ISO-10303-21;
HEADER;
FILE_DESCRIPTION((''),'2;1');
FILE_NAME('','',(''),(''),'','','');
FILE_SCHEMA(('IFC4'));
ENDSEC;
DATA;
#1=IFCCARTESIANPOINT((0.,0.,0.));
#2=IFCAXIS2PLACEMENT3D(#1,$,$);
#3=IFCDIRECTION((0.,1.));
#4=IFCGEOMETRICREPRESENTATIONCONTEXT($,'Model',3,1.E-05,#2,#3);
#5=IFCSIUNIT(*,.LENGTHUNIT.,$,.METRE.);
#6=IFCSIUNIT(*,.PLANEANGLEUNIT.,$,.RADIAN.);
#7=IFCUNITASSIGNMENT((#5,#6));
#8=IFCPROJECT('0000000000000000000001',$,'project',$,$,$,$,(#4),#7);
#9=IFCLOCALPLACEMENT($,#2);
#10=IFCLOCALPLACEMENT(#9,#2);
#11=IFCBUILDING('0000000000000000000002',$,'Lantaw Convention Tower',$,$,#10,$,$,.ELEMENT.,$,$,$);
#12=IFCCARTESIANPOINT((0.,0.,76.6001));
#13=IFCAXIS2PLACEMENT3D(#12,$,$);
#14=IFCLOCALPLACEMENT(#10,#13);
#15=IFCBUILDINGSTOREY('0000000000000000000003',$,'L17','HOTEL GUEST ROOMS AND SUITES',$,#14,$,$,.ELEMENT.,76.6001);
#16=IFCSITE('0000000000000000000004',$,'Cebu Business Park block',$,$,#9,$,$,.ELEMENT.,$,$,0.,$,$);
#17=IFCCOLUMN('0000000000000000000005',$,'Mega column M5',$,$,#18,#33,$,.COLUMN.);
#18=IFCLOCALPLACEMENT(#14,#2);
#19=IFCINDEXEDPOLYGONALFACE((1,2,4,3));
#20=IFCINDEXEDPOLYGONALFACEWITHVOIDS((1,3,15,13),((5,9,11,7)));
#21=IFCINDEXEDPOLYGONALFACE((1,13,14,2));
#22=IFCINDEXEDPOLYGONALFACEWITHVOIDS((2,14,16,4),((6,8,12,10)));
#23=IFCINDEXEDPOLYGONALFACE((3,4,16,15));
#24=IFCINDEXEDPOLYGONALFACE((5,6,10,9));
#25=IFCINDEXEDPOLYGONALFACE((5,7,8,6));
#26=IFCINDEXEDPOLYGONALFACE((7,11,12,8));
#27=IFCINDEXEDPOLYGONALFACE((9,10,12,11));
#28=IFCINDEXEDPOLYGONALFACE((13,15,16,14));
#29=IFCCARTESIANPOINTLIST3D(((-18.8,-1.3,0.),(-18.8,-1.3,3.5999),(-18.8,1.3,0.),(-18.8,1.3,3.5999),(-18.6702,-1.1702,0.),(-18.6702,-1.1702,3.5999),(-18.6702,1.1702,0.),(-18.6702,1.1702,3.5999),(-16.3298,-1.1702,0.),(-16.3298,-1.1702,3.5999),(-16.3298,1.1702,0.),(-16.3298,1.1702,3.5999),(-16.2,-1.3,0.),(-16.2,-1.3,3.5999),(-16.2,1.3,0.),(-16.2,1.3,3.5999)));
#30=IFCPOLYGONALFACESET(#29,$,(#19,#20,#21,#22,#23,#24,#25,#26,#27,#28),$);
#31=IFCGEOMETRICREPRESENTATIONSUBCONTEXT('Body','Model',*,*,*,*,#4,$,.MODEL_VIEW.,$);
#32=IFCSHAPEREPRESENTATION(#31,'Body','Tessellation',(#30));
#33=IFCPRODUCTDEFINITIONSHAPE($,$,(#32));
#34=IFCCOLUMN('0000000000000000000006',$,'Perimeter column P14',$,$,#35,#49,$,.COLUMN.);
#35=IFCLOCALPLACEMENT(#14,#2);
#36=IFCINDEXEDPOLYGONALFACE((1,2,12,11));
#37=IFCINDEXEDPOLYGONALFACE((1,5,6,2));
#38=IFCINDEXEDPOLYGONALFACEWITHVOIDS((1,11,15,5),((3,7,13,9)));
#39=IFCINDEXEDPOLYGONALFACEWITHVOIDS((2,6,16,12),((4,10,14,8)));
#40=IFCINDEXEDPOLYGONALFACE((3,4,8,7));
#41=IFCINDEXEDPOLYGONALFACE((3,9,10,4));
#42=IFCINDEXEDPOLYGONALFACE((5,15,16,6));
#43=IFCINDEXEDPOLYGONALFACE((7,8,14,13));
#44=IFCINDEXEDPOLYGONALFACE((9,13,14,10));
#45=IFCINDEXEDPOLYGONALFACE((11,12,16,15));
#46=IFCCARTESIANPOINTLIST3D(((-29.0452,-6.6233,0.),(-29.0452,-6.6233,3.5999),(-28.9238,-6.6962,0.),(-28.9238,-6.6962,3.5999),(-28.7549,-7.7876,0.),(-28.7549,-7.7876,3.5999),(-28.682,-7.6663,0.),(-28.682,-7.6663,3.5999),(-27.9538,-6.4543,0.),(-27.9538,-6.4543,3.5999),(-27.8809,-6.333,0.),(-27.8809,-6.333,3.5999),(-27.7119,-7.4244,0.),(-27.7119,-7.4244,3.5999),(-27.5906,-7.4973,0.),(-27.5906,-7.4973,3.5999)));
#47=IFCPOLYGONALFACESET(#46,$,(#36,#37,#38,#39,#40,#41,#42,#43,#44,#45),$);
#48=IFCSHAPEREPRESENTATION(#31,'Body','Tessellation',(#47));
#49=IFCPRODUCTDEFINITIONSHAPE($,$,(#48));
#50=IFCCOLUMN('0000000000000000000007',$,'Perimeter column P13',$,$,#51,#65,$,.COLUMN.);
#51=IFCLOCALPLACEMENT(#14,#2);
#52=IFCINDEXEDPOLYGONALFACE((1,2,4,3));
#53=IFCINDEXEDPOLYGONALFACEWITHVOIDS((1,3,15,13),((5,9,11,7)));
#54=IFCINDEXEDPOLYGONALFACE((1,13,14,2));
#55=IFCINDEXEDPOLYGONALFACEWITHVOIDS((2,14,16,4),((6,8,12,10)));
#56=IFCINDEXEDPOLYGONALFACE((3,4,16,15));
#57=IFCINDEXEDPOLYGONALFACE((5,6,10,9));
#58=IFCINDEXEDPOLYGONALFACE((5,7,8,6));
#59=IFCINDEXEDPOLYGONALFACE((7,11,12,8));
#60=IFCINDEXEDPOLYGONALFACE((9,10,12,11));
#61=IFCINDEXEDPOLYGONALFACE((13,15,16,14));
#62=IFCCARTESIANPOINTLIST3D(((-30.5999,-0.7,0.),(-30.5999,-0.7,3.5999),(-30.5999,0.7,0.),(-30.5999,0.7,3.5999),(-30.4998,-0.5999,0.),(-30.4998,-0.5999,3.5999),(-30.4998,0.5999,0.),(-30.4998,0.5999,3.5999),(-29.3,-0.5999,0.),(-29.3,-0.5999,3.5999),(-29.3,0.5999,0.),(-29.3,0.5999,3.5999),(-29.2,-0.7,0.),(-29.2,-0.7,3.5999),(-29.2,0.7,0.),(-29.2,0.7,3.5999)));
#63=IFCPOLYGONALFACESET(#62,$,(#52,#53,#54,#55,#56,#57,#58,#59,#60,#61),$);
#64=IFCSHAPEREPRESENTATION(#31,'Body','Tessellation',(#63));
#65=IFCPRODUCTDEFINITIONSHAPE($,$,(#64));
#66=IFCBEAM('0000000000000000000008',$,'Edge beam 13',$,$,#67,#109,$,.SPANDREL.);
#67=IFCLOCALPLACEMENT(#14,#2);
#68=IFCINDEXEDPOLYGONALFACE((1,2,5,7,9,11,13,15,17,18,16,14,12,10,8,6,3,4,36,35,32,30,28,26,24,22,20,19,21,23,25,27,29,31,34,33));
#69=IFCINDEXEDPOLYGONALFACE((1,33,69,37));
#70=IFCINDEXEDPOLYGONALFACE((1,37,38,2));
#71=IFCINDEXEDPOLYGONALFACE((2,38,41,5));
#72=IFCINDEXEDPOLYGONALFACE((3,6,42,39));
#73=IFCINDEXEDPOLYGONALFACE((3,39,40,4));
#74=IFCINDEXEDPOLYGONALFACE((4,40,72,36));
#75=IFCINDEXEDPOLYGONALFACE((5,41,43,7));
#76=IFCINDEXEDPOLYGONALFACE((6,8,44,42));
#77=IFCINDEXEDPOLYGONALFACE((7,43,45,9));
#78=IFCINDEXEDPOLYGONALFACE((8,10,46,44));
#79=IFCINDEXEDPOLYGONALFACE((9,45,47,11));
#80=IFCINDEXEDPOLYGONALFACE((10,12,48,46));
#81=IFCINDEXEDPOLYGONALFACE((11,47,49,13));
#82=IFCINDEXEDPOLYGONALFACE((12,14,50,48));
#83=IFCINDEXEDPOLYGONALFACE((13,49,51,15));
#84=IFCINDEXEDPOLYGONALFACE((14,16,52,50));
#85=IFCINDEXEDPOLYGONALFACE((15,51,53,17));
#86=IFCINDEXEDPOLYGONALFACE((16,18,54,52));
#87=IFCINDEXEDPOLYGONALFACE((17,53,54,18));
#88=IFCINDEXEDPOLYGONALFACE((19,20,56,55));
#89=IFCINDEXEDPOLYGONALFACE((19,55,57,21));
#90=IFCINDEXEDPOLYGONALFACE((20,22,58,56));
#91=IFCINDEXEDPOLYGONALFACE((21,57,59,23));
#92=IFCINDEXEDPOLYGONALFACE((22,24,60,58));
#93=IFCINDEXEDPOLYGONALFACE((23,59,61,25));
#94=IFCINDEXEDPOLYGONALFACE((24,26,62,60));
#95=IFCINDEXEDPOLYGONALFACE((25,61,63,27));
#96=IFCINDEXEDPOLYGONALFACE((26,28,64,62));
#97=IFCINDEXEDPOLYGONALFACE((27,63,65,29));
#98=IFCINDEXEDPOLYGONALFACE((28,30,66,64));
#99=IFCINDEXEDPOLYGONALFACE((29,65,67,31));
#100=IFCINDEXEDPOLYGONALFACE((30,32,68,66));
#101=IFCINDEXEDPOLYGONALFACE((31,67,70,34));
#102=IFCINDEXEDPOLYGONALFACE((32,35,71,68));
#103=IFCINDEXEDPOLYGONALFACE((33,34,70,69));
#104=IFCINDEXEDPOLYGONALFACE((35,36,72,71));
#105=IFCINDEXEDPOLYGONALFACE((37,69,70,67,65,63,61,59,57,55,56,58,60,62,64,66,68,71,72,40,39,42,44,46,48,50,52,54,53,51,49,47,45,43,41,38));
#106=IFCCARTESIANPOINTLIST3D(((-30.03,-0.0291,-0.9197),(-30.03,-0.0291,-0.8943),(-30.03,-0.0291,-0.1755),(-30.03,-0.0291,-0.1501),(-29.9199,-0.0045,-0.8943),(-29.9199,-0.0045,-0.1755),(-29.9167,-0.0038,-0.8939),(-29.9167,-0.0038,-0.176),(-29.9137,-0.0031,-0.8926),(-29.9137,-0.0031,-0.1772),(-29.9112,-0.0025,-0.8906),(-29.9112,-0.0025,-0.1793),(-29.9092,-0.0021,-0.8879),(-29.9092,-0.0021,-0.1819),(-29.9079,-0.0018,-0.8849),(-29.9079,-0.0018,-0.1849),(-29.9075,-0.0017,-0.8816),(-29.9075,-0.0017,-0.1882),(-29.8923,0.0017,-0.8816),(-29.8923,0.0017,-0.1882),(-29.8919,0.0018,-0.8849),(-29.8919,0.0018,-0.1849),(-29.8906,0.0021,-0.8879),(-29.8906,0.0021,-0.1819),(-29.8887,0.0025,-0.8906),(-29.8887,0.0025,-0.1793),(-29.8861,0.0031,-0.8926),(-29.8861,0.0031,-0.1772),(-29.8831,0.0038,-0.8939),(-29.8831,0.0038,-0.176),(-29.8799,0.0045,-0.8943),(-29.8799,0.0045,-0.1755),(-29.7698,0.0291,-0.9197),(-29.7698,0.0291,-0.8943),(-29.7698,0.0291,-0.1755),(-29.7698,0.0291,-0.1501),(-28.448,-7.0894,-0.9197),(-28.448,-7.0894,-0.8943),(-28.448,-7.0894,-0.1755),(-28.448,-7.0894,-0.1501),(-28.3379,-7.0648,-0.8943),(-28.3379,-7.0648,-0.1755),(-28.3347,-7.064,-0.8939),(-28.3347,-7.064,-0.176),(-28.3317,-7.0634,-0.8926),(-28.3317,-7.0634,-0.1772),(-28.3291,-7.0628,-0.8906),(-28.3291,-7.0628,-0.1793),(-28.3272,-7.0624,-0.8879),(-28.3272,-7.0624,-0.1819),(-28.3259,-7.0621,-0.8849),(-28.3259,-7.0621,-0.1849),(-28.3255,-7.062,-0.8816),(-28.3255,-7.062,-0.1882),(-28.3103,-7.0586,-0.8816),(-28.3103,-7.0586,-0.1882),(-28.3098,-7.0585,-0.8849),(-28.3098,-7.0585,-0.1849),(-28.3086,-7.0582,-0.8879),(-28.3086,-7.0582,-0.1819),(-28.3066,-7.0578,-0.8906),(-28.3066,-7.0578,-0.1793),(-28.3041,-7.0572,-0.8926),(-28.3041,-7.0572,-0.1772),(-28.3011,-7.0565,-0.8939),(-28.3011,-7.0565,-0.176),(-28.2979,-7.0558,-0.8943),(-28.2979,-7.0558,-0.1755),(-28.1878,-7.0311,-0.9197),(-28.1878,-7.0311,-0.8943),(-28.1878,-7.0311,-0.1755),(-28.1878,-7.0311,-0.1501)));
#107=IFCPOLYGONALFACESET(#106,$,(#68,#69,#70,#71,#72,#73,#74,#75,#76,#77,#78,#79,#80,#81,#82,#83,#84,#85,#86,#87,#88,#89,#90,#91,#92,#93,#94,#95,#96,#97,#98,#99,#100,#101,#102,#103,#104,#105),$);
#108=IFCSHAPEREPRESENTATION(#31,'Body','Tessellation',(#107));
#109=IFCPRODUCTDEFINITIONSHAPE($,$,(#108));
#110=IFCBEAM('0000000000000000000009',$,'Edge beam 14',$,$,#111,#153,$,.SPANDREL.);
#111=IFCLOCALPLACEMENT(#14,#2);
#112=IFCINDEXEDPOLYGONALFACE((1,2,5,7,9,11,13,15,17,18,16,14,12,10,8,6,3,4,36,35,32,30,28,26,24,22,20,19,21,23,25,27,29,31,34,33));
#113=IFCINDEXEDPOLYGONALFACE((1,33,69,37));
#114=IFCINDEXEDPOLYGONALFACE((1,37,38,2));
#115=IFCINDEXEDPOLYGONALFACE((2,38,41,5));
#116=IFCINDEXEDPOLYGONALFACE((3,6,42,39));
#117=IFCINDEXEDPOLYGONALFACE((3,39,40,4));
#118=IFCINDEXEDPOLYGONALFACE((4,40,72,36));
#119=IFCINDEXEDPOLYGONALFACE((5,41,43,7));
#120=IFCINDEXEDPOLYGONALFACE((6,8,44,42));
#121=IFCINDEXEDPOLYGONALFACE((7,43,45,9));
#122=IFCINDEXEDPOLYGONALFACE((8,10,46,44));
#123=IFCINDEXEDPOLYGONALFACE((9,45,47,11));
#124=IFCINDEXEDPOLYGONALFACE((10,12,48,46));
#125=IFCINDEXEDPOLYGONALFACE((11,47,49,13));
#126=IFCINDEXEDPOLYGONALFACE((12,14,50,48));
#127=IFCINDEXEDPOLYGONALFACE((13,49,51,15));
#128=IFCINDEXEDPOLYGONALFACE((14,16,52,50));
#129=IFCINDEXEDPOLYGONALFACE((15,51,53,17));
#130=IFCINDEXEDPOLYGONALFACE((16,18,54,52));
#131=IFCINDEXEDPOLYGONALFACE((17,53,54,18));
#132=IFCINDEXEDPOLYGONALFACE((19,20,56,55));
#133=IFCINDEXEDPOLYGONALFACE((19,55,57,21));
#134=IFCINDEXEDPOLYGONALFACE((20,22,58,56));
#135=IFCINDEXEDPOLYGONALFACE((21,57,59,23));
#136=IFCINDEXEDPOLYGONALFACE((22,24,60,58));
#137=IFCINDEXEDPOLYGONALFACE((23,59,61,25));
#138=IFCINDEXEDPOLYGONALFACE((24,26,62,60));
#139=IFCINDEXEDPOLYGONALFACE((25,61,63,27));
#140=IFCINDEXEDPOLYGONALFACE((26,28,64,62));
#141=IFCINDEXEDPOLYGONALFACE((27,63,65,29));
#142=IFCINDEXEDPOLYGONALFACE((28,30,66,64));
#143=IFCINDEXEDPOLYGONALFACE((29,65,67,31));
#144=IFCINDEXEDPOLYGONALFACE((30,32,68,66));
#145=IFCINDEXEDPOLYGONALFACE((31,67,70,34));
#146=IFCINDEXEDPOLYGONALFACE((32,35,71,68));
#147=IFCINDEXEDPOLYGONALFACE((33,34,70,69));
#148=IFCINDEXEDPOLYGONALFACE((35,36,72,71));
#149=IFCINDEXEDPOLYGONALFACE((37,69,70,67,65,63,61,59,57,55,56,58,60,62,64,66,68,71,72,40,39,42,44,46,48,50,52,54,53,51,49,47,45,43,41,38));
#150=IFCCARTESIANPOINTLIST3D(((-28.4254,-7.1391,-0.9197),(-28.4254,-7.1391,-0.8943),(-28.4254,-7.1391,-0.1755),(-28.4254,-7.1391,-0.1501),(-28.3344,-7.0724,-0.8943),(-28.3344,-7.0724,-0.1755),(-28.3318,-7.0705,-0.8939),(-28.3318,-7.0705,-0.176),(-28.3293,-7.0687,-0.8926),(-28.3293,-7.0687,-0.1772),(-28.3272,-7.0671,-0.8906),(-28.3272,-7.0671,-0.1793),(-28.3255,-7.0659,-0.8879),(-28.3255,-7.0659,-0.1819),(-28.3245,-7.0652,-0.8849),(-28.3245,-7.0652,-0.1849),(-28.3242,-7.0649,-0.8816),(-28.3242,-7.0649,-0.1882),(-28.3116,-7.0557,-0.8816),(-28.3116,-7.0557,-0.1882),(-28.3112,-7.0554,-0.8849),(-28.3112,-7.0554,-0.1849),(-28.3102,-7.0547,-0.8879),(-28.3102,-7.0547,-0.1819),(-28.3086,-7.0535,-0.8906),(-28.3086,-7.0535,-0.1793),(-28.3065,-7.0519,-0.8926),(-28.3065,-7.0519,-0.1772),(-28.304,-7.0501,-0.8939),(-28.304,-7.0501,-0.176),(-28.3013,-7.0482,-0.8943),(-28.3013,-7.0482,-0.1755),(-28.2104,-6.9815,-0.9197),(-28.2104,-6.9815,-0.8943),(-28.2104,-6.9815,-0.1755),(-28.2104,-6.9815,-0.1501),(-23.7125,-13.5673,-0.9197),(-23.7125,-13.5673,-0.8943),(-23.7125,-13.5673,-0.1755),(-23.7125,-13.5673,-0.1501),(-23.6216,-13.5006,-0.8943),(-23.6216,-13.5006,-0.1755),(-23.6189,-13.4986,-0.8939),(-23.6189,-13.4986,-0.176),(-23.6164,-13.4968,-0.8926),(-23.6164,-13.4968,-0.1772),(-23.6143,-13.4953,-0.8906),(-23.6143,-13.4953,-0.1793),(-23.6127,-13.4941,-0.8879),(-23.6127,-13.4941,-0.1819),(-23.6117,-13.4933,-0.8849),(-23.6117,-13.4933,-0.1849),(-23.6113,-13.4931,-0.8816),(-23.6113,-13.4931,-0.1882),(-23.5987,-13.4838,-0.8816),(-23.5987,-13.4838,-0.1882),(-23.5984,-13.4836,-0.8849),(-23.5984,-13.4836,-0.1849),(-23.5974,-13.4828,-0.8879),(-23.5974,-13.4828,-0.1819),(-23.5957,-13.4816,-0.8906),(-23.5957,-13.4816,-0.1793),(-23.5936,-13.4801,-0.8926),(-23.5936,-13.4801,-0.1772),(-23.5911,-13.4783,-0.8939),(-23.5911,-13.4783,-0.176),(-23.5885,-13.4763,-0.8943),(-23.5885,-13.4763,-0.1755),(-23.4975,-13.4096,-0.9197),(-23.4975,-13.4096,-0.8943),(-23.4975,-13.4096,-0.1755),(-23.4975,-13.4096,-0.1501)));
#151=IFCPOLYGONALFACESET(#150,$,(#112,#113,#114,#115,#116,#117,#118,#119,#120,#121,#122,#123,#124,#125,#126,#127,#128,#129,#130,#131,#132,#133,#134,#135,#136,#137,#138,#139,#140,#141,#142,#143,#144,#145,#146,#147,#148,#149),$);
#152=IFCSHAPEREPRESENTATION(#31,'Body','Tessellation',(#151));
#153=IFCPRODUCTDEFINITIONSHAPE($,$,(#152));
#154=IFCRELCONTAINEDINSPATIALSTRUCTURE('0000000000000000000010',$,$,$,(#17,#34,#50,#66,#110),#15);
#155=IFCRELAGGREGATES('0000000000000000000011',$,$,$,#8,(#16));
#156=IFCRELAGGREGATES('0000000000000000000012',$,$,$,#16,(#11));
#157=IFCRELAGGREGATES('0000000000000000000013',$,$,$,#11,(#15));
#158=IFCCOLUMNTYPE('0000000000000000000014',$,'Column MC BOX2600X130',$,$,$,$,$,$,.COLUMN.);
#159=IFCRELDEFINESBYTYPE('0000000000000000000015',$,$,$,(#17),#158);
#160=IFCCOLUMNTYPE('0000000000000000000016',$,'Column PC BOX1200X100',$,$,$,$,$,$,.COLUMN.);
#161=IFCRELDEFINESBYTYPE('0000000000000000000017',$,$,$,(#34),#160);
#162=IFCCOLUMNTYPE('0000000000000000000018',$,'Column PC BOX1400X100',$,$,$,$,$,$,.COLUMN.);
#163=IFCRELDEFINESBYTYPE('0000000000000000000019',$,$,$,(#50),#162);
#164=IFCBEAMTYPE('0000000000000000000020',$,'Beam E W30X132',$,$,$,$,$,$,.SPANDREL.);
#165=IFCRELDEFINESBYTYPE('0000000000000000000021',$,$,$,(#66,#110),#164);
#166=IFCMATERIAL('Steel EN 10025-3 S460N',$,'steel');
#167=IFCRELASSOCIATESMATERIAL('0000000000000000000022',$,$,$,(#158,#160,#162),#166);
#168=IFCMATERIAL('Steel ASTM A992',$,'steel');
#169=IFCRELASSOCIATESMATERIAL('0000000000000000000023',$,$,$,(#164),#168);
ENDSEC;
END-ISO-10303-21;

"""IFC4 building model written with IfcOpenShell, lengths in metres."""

from ifc_helpers import new_model, si_unit, direction, frame, origin, origin_2d, place, context, subcontext, project, spatial, rectangle, hollow_rectangle, i_section, extrude, material, material_profile, profile_set, type_object, element, save


model = new_model("IFC4")

# Units and contexts
model_context = context("Model", 3, precision=1e-05, world=origin(), true_north=direction((0.0, 1.0)))
body_context = subcontext(model_context, "Body", "Model", "MODEL_VIEW")
ifc_project = project(units=[si_unit("LENGTHUNIT", "METRE"), si_unit("PLANEANGLEUNIT", "RADIAN")], contexts=[model_context])

# Site, building, storey
site_placement = place(None, origin())
site = spatial("IfcSite", under=ifc_project, at=site_placement, Name="Cebu Business Park block", CompositionType="ELEMENT", RefElevation=0.0)
building_placement = place(site_placement, origin())
building = spatial("IfcBuilding", under=site, at=building_placement, Name="Lantaw Convention Tower", CompositionType="ELEMENT")
storey_placement = place(building_placement, frame((0.0, 0.0, 76.6001)))
storey = spatial("IfcBuildingStorey", under=building, at=storey_placement, Name="L17", Description="HOTEL GUEST ROOMS AND SUITES", CompositionType="ELEMENT", Elevation=76.6001)

# Columns
ifc_material_1 = material(Name="Steel EN 10025-3 S460N", Category="steel")
ifc_material_profile_1 = material_profile(ifc_material_1, hollow_rectangle(XDim=2.6001, YDim=2.6001, WallThickness=0.1299, at=origin_2d()), Name="BOX2600X130")
ifc_material_2 = material(Name="Concrete C60/75", Category="concrete")
ifc_material_profile_2 = material_profile(ifc_material_2, rectangle(XDim=2.3401, YDim=2.3401, at=origin_2d()), Name="Concrete fill of BOX2600X130")
ifc_profile_set_1 = profile_set([ifc_material_profile_1, ifc_material_profile_2], Name="Steel EN 10025-3 S460N")
column_type_1 = type_object("IfcColumnType", Name="Column MC BOX2600X130", PredefinedType="COLUMN", material=ifc_profile_set_1)
column_1_placement = place(storey_placement, frame((-17.5, 0.0, 0.0), z_axis=(0.0, 0.0, 1.0), x_axis=(1.0, 0.0, 0.0)))
element("IfcColumn", 1, at=column_1_placement, inside=storey, type_object=column_type_1, Name="Mega column M5", PredefinedType="COLUMN", context=body_context, shape_type="SweptSolid", body=[
    extrude(hollow_rectangle(XDim=2.6001, YDim=2.6001, WallThickness=0.1299, at=origin_2d()), origin(), (0.0, 0.0, 1.0), 3.5999),
])
ifc_material_profile_3 = material_profile(ifc_material_1, hollow_rectangle(XDim=1.2, YDim=1.2, WallThickness=0.1001, at=origin_2d()), Name="BOX1200X100")
ifc_material_profile_4 = material_profile(ifc_material_2, rectangle(XDim=1.0, YDim=1.0, at=origin_2d()), Name="Concrete fill of BOX1200X100")
ifc_profile_set_2 = profile_set([ifc_material_profile_3, ifc_material_profile_4], Name="Steel EN 10025-3 S460N")
column_type_2 = type_object("IfcColumnType", Name="Column PC BOX1200X100", PredefinedType="COLUMN", material=ifc_profile_set_2)
column_2_placement = place(storey_placement, frame((-28.3179, -7.0603, 0.0), z_axis=(0.0, 0.0, 1.0), x_axis=(0.970296, 0.241922, 0.0)))
element("IfcColumn", 2, at=column_2_placement, inside=storey, type_object=column_type_2, Name="Perimeter column P14", PredefinedType="COLUMN", context=body_context, shape_type="SweptSolid", body=[
    extrude(hollow_rectangle(XDim=1.2, YDim=1.2, WallThickness=0.1001, at=origin_2d()), origin(), (0.0, 0.0, 1.0), 3.5999),
])
ifc_material_profile_5 = material_profile(ifc_material_1, hollow_rectangle(XDim=1.3999, YDim=1.3999, WallThickness=0.1001, at=origin_2d()), Name="BOX1400X100")
ifc_material_profile_6 = material_profile(ifc_material_2, rectangle(XDim=1.2, YDim=1.2, at=origin_2d()), Name="Concrete fill of BOX1400X100")
ifc_profile_set_3 = profile_set([ifc_material_profile_5, ifc_material_profile_6], Name="Steel EN 10025-3 S460N")
column_type_3 = type_object("IfcColumnType", Name="Column PC BOX1400X100", PredefinedType="COLUMN", material=ifc_profile_set_3)
column_3_placement = place(storey_placement, frame((-29.8999, 0.0, 0.0), z_axis=(0.0, 0.0, 1.0), x_axis=(1.0, 0.0, 0.0)))
element("IfcColumn", 3, at=column_3_placement, inside=storey, type_object=column_type_3, Name="Perimeter column P13", PredefinedType="COLUMN", context=body_context, shape_type="SweptSolid", body=[
    extrude(hollow_rectangle(XDim=1.3999, YDim=1.3999, WallThickness=0.1001, at=origin_2d()), origin(), (0.0, 0.0, 1.0), 3.5999),
])

# Beams
ifc_material_3 = material(Name="Steel ASTM A992", Category="steel")
ifc_material_profile_7 = material_profile(ifc_material_3, i_section(OverallWidth=0.2666, OverallDepth=0.7695, WebThickness=0.0156, FlangeThickness=0.0254, FilletRadius=0.0127, at=origin_2d()), Name="W30X132")
ifc_profile_set_4 = profile_set([ifc_material_profile_7], Name="Steel ASTM A992")
beam_type_1 = type_object("IfcBeamType", Name="Beam E W30X132", PredefinedType="SPANDREL", material=ifc_profile_set_4)
beam_1_placement = place(storey_placement, frame((-29.8999, 0.0, -0.5349), z_axis=(0.218652, -0.975803, 0.0), x_axis=(0.975803, 0.218652, 0.0)))
element("IfcBeam", 4, at=beam_1_placement, inside=storey, type_object=beam_type_1, Name="Edge beam 13", PredefinedType="SPANDREL", context=body_context, shape_type="SweptSolid", body=[
    extrude(i_section(OverallWidth=0.2666, OverallDepth=0.7695, WebThickness=0.0156, FlangeThickness=0.0254, FilletRadius=0.0127, at=origin_2d()), origin(), (0.0, 0.0, 1.0), 7.2354),
])
beam_2_placement = place(storey_placement, frame((-28.3179, -7.0603, -0.5349), z_axis=(0.591271, -0.806473, 0.0), x_axis=(0.806473, 0.591271, 0.0)))
element("IfcBeam", 5, at=beam_2_placement, inside=storey, type_object=beam_type_1, Name="Edge beam 14", PredefinedType="SPANDREL", context=body_context, shape_type="SweptSolid", body=[
    extrude(i_section(OverallWidth=0.2666, OverallDepth=0.7695, WebThickness=0.0156, FlangeThickness=0.0254, FilletRadius=0.0127, at=origin_2d()), origin(), (0.0, 0.0, 1.0), 7.9707),
])

save(model, "model.ifc")
